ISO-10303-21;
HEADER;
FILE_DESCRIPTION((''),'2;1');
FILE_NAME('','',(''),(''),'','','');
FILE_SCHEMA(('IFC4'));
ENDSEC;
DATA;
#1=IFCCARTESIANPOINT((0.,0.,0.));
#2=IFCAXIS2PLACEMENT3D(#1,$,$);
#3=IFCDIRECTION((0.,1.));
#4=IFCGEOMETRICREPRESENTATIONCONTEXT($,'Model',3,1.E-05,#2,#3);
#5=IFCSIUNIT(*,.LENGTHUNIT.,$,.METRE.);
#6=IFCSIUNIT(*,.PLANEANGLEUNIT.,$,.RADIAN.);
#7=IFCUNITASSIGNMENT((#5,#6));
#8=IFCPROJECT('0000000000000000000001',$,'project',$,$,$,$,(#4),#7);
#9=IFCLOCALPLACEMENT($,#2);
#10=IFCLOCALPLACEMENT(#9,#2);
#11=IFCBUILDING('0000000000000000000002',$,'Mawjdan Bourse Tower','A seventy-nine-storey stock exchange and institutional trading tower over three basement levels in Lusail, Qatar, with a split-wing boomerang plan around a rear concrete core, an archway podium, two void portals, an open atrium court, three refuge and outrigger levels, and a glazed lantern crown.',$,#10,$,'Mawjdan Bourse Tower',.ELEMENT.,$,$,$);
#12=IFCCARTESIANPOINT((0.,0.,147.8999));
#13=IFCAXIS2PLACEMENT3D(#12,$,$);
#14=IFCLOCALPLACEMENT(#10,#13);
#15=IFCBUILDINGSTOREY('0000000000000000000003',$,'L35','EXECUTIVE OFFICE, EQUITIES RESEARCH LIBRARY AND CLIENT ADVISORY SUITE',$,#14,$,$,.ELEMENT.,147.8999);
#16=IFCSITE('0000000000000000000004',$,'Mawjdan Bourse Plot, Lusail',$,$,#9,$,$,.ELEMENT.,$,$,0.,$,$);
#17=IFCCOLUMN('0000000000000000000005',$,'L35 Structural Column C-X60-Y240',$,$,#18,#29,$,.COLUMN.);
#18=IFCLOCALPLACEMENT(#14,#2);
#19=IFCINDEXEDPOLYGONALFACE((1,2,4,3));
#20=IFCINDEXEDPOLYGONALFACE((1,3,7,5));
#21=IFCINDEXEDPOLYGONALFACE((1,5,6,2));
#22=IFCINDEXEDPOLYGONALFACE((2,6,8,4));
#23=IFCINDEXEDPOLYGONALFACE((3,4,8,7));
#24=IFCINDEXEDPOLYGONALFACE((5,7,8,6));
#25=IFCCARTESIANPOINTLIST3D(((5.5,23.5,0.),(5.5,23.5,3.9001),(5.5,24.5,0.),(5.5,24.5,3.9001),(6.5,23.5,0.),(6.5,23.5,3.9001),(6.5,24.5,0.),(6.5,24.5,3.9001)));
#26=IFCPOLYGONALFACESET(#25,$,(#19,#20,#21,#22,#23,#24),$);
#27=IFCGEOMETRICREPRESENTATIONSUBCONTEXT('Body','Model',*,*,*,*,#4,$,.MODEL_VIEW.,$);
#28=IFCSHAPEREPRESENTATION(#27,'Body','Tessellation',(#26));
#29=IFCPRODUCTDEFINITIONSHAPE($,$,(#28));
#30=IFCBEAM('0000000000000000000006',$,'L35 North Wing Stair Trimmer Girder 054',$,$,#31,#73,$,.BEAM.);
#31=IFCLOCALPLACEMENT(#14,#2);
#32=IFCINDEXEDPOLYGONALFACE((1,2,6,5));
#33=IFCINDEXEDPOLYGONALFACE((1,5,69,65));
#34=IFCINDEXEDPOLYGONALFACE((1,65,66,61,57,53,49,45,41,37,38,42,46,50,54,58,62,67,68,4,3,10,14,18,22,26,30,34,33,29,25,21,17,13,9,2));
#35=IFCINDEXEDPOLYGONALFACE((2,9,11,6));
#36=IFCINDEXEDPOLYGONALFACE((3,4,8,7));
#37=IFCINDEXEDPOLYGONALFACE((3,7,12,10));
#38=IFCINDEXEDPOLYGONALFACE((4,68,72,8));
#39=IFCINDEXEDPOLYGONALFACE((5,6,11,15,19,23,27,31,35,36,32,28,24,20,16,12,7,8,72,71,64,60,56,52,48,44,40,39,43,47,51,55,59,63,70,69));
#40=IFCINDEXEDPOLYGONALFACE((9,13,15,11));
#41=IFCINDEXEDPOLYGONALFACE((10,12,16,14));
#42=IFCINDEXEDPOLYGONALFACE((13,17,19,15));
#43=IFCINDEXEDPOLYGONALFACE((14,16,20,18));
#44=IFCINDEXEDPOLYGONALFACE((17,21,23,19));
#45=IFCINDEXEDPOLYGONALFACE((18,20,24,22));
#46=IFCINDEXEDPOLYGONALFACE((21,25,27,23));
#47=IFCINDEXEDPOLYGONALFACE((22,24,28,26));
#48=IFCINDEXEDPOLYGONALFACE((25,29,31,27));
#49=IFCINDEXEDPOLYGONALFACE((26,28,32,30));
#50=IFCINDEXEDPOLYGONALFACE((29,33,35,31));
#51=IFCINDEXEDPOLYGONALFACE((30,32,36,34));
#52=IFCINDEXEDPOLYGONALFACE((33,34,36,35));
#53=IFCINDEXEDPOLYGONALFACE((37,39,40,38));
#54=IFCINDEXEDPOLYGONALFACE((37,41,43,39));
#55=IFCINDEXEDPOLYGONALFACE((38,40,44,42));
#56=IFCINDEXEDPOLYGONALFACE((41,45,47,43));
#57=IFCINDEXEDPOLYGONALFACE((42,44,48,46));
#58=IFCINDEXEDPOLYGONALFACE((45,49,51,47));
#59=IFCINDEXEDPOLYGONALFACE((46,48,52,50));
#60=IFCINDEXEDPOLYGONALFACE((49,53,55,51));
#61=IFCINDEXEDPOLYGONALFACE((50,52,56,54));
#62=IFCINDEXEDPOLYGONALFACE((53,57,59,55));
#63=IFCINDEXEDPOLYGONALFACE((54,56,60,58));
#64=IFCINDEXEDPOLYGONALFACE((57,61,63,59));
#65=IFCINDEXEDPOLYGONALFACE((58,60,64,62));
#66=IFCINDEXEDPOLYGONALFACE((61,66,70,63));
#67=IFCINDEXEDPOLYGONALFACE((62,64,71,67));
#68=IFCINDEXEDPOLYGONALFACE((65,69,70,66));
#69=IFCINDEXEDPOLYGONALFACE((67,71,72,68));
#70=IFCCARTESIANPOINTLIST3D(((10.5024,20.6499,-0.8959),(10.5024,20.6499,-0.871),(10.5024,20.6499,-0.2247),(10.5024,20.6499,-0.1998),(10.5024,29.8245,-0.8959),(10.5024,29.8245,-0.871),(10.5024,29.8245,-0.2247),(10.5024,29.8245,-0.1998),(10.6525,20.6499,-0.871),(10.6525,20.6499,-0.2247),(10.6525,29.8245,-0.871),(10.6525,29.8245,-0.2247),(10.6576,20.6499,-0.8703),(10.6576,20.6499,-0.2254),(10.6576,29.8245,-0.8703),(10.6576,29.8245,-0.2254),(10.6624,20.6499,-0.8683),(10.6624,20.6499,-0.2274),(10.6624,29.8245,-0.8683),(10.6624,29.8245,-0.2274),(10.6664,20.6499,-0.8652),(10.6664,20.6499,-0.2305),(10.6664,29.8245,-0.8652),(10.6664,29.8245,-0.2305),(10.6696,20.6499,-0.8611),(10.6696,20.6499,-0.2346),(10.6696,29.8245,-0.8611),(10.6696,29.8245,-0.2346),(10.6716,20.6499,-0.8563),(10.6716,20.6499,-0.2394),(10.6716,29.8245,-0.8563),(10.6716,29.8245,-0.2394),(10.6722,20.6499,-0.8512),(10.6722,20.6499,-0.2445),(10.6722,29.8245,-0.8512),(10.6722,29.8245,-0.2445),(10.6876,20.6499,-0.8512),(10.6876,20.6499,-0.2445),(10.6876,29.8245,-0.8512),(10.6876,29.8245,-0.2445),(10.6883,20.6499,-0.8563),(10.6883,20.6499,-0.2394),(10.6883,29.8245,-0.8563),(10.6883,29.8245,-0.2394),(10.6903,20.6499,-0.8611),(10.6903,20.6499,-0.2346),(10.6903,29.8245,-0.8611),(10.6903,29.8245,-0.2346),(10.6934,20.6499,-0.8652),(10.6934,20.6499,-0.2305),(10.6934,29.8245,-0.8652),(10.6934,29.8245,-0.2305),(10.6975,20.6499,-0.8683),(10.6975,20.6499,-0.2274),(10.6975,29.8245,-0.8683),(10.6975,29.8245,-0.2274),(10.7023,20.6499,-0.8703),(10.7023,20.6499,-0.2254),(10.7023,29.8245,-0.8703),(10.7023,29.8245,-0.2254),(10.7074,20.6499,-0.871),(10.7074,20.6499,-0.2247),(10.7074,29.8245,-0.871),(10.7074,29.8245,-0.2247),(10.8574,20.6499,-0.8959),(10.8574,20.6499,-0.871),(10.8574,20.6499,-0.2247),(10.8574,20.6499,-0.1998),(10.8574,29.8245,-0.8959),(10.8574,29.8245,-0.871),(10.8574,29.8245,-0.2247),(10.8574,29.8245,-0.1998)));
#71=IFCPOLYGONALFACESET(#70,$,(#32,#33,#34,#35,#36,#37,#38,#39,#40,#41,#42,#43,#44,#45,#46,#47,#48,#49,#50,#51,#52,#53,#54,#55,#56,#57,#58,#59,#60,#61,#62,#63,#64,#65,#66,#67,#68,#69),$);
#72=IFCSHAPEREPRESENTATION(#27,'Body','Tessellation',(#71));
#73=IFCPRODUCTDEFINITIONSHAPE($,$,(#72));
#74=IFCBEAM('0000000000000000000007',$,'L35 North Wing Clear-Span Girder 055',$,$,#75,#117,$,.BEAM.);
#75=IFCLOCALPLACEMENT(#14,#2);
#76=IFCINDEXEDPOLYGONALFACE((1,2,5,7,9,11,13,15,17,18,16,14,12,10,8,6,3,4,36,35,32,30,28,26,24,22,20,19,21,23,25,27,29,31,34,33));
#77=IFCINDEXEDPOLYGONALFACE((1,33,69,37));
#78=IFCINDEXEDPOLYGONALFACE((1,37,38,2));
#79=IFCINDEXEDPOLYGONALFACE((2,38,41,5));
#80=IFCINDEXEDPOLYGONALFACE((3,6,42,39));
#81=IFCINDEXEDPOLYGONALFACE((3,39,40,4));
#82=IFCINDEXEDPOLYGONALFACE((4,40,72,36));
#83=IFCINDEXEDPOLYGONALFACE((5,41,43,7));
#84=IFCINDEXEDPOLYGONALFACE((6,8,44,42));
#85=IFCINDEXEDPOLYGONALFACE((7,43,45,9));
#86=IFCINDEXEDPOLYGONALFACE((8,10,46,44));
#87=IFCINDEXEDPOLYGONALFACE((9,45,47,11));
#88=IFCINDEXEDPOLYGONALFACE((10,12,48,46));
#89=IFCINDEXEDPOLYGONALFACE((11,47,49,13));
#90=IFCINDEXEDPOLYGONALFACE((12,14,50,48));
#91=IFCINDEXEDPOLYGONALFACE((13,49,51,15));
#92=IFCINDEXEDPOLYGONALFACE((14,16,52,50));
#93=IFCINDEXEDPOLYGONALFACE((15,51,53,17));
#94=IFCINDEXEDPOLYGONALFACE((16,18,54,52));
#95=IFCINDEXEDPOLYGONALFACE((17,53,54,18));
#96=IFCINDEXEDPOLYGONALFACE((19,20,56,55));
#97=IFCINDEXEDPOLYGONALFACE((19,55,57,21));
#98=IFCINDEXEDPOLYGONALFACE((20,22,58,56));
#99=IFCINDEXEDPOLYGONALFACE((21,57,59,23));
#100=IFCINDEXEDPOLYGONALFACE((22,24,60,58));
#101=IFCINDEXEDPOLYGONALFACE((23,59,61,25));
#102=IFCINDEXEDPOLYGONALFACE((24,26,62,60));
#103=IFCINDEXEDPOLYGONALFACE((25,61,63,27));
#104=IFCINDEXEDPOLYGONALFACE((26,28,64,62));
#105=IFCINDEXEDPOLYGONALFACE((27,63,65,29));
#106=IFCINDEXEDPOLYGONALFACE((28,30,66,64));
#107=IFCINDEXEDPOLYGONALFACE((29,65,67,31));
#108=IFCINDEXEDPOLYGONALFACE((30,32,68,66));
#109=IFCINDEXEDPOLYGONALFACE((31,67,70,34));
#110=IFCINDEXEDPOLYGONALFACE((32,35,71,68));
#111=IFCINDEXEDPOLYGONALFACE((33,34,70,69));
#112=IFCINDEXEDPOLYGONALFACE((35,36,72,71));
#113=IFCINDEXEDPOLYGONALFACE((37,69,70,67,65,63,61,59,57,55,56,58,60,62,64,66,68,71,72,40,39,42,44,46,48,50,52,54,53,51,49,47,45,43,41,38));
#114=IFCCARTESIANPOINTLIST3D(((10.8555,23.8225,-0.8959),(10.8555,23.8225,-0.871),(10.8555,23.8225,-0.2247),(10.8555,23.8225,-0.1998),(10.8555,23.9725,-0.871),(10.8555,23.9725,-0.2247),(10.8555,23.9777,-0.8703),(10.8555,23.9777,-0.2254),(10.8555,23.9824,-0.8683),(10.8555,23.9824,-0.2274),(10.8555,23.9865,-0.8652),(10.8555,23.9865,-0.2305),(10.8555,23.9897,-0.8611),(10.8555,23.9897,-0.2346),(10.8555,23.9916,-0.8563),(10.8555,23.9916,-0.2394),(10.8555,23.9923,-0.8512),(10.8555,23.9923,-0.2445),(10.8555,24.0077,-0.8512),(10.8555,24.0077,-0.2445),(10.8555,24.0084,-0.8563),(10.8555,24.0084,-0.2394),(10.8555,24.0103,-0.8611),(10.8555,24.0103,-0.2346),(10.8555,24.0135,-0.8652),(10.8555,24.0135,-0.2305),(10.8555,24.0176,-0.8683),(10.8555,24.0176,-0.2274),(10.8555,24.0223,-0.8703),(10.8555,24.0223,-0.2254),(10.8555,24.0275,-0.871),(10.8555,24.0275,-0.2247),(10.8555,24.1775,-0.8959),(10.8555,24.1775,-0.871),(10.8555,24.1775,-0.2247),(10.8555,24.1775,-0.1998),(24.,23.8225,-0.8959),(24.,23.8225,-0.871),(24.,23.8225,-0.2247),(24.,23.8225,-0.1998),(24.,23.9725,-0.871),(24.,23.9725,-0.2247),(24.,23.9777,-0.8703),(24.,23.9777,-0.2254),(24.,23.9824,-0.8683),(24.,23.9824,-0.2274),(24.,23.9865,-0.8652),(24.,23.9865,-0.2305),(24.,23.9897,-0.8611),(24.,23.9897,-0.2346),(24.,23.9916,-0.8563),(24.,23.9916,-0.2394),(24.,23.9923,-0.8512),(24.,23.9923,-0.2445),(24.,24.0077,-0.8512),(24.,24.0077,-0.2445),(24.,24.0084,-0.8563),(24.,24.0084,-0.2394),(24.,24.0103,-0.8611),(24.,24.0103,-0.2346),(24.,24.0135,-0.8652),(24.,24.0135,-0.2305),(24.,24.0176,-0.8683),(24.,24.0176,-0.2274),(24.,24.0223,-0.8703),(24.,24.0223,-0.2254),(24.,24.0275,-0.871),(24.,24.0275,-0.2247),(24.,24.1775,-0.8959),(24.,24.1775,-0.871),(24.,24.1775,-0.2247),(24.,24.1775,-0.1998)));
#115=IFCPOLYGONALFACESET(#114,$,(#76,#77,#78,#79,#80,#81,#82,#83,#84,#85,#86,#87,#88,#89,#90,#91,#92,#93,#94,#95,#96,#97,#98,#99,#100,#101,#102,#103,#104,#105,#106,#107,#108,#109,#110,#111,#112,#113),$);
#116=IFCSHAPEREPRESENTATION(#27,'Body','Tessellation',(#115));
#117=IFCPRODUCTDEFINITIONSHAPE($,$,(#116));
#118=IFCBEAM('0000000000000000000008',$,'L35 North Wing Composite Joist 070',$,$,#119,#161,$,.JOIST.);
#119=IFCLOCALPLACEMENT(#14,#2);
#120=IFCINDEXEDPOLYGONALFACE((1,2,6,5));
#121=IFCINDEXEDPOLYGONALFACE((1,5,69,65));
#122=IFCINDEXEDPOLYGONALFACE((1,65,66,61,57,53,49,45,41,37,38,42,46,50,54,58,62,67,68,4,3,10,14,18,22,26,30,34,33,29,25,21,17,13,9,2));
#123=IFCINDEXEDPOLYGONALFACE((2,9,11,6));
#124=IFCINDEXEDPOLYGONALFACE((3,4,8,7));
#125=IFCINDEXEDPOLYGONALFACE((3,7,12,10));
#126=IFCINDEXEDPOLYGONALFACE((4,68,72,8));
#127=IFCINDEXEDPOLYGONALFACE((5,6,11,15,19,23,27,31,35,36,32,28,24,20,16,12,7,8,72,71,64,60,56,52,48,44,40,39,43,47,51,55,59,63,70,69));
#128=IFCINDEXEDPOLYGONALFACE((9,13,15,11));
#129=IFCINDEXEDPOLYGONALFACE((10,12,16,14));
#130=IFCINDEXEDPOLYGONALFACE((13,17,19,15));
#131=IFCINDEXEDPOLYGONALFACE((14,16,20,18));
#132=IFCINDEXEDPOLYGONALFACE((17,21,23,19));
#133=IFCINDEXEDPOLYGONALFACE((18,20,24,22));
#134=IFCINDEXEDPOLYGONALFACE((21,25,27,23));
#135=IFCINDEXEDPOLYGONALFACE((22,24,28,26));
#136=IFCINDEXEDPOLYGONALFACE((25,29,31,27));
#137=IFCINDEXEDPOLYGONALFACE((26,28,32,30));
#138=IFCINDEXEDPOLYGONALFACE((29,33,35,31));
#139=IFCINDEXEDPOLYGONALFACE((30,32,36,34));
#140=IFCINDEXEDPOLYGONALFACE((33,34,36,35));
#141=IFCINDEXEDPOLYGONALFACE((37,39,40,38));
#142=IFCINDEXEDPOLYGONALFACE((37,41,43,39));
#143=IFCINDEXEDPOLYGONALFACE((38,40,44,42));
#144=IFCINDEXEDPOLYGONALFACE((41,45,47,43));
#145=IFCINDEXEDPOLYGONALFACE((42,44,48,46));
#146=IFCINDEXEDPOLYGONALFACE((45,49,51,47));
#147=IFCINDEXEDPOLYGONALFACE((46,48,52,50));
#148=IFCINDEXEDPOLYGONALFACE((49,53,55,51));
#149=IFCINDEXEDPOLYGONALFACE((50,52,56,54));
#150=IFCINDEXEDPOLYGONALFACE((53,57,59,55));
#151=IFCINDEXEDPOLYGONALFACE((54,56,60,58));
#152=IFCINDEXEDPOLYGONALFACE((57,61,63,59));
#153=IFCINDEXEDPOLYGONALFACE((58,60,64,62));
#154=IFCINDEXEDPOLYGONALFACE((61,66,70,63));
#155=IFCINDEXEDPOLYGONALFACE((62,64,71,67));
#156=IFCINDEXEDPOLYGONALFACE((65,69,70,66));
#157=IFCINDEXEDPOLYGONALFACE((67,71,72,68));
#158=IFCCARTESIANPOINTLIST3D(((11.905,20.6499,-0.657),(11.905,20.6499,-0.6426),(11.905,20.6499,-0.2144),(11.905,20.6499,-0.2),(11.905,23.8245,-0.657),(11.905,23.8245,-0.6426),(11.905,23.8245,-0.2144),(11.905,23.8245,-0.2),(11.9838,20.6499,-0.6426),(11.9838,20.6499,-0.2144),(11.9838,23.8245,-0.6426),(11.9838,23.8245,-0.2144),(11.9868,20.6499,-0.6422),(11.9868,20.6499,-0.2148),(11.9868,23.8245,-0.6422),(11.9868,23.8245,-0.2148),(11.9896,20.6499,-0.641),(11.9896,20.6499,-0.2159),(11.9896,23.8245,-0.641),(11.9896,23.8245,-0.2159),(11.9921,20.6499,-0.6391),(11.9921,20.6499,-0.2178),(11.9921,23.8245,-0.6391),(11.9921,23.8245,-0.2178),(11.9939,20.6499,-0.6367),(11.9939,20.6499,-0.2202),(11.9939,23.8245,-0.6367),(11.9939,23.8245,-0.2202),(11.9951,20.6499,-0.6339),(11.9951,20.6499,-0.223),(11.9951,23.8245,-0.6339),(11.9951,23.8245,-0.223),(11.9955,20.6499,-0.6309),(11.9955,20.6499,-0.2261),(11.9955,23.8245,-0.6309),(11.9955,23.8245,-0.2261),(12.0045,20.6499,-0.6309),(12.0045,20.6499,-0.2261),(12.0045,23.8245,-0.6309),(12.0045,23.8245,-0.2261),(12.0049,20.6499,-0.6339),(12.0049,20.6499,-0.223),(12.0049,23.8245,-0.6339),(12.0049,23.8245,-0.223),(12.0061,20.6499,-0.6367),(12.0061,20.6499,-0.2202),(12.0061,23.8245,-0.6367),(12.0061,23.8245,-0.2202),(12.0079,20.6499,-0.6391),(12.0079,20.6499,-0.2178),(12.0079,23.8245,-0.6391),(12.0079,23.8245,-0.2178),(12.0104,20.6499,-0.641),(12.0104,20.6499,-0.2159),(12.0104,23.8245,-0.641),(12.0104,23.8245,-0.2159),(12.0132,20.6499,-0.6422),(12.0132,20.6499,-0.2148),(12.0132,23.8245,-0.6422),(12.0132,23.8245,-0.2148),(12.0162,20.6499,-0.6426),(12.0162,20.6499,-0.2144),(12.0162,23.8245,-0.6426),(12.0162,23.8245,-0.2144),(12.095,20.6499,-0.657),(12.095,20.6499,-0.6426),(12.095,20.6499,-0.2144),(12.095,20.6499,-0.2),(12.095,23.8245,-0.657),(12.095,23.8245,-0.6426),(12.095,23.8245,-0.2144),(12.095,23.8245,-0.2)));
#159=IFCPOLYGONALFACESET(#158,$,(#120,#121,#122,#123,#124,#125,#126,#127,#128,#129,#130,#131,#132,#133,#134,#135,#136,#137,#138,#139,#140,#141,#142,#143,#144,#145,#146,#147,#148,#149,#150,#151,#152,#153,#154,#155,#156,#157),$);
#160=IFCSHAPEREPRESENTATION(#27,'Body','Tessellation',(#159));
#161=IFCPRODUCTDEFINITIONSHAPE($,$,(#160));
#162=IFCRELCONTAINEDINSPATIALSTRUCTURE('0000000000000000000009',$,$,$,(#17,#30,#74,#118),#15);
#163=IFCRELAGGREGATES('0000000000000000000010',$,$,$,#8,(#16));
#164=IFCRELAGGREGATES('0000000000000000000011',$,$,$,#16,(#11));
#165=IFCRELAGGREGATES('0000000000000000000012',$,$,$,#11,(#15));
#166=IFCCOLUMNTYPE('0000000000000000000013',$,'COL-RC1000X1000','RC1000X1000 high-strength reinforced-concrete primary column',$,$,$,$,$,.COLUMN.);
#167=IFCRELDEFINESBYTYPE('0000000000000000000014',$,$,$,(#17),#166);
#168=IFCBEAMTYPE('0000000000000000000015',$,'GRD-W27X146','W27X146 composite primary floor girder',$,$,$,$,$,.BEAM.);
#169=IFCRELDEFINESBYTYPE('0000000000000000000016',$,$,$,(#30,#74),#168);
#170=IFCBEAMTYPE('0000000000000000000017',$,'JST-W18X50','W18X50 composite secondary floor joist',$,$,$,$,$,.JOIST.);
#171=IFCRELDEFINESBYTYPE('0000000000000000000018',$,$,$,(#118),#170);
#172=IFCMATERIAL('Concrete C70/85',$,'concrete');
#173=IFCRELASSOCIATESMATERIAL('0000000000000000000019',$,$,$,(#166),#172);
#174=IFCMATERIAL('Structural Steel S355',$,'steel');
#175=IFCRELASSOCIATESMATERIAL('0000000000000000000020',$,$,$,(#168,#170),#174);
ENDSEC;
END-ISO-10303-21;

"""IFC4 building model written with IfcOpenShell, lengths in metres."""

from ifc_helpers import new_model, si_unit, direction, frame, origin, origin_2d, place, context, subcontext, project, spatial, rectangle, i_section, extrude, material, material_profile, profile_set, type_object, element, save


model = new_model("IFC4")

# Units and contexts
model_context = context("Model", 3, precision=1e-05, world=origin(), true_north=direction((0.0, 1.0)))
body_context = subcontext(model_context, "Body", "Model", "MODEL_VIEW")
ifc_project = project(units=[si_unit("LENGTHUNIT", "METRE"), si_unit("PLANEANGLEUNIT", "RADIAN")], contexts=[model_context])

# Site, building, storey
site_placement = place(None, origin())
site = spatial("IfcSite", under=ifc_project, at=site_placement, Name="Mawjdan Bourse Plot, Lusail", CompositionType="ELEMENT", RefElevation=0.0)
building_placement = place(site_placement, origin())
building = spatial("IfcBuilding", under=site, at=building_placement, Name="Mawjdan Bourse Tower", Description="A seventy-nine-storey stock exchange and institutional trading tower over three basement levels in Lusail, Qatar, with a split-wing boomerang plan around a rear concrete core, an archway podium, two void portals, an open atrium court, three refuge and outrigger levels, and a glazed lantern crown.", LongName="Mawjdan Bourse Tower", CompositionType="ELEMENT")
storey_placement = place(building_placement, frame((0.0, 0.0, 147.8999)))
storey = spatial("IfcBuildingStorey", under=building, at=storey_placement, Name="L35", Description="EXECUTIVE OFFICE, EQUITIES RESEARCH LIBRARY AND CLIENT ADVISORY SUITE", CompositionType="ELEMENT", Elevation=147.8999)

# Column
ifc_material_1 = material(Name="Concrete C70/85", Category="concrete")
ifc_material_profile_1 = material_profile(ifc_material_1, rectangle(XDim=1.0, YDim=1.0, at=origin_2d()), Name="RC1000X1000")
ifc_profile_set_1 = profile_set([ifc_material_profile_1], Name="Concrete C70/85")
column_type = type_object("IfcColumnType", Name="COL-RC1000X1000", Description="RC1000X1000 high-strength reinforced-concrete primary column", PredefinedType="COLUMN", material=ifc_profile_set_1)
column_placement = place(storey_placement, frame((6.0, 24.0, 0.0), z_axis=(0.0, 0.0, 1.0), x_axis=(1.0, 0.0, 0.0)))
element("IfcColumn", 1, at=column_placement, inside=storey, type_object=column_type, Name="L35 Structural Column C-X60-Y240", PredefinedType="COLUMN", context=body_context, shape_type="SweptSolid", body=[
    extrude(rectangle(XDim=1.0, YDim=1.0, at=origin_2d()), origin(), (0.0, 0.0, 1.0), 3.9001),
])

# Beams
ifc_material_2 = material(Name="Structural Steel S355", Category="steel")
ifc_material_profile_2 = material_profile(ifc_material_2, i_section(OverallWidth=0.355, OverallDepth=0.696, WebThickness=0.0154, FlangeThickness=0.0249, FilletRadius=0.0198, at=origin_2d()), Name="W27X146")
ifc_profile_set_2 = profile_set([ifc_material_profile_2], Name="Structural Steel S355")
beam_type_1 = type_object("IfcBeamType", Name="GRD-W27X146", Description="W27X146 composite primary floor girder", PredefinedType="BEAM", material=ifc_profile_set_2)
beam_1_placement = place(storey_placement, frame((10.6799, 20.6499, -0.5479), z_axis=(0.0, 1.0, 0.0), x_axis=(-1.0, 0.0, 0.0)))
element("IfcBeam", 2, at=beam_1_placement, inside=storey, type_object=beam_type_1, Name="L35 North Wing Stair Trimmer Girder 054", PredefinedType="BEAM", context=body_context, shape_type="SweptSolid", body=[
    extrude(i_section(OverallWidth=0.355, OverallDepth=0.696, WebThickness=0.0154, FlangeThickness=0.0249, FilletRadius=0.0198, at=origin_2d()), origin(), (0.0, 0.0, 1.0), 9.1746),
])
beam_2_placement = place(storey_placement, frame((10.8555, 24.0, -0.5479), z_axis=(1.0, 0.0, 0.0), x_axis=(0.0, 1.0, 0.0)))
element("IfcBeam", 3, at=beam_2_placement, inside=storey, type_object=beam_type_1, Name="L35 North Wing Clear-Span Girder 055", PredefinedType="BEAM", context=body_context, shape_type="SweptSolid", body=[
    extrude(i_section(OverallWidth=0.355, OverallDepth=0.696, WebThickness=0.0154, FlangeThickness=0.0249, FilletRadius=0.0198, at=origin_2d()), origin(), (0.0, 0.0, 1.0), 13.1445),
])
ifc_material_profile_3 = material_profile(ifc_material_2, i_section(OverallWidth=0.1899, OverallDepth=0.457, WebThickness=0.009, FlangeThickness=0.0144, FilletRadius=0.0117, at=origin_2d()), Name="W18X50")
ifc_profile_set_3 = profile_set([ifc_material_profile_3], Name="Structural Steel S355")
beam_type_2 = type_object("IfcBeamType", Name="JST-W18X50", Description="W18X50 composite secondary floor joist", PredefinedType="JOIST", material=ifc_profile_set_3)
beam_3_placement = place(storey_placement, frame((12.0, 20.6499, -0.4285), z_axis=(0.0, 1.0, 0.0), x_axis=(-1.0, 0.0, 0.0)))
element("IfcBeam", 4, at=beam_3_placement, inside=storey, type_object=beam_type_2, Name="L35 North Wing Composite Joist 070", PredefinedType="JOIST", context=body_context, shape_type="SweptSolid", body=[
    extrude(i_section(OverallWidth=0.1899, OverallDepth=0.457, WebThickness=0.009, FlangeThickness=0.0144, FilletRadius=0.0117, at=origin_2d()), origin(), (0.0, 0.0, 1.0), 3.1746),
])

save(model, "model.ifc")
